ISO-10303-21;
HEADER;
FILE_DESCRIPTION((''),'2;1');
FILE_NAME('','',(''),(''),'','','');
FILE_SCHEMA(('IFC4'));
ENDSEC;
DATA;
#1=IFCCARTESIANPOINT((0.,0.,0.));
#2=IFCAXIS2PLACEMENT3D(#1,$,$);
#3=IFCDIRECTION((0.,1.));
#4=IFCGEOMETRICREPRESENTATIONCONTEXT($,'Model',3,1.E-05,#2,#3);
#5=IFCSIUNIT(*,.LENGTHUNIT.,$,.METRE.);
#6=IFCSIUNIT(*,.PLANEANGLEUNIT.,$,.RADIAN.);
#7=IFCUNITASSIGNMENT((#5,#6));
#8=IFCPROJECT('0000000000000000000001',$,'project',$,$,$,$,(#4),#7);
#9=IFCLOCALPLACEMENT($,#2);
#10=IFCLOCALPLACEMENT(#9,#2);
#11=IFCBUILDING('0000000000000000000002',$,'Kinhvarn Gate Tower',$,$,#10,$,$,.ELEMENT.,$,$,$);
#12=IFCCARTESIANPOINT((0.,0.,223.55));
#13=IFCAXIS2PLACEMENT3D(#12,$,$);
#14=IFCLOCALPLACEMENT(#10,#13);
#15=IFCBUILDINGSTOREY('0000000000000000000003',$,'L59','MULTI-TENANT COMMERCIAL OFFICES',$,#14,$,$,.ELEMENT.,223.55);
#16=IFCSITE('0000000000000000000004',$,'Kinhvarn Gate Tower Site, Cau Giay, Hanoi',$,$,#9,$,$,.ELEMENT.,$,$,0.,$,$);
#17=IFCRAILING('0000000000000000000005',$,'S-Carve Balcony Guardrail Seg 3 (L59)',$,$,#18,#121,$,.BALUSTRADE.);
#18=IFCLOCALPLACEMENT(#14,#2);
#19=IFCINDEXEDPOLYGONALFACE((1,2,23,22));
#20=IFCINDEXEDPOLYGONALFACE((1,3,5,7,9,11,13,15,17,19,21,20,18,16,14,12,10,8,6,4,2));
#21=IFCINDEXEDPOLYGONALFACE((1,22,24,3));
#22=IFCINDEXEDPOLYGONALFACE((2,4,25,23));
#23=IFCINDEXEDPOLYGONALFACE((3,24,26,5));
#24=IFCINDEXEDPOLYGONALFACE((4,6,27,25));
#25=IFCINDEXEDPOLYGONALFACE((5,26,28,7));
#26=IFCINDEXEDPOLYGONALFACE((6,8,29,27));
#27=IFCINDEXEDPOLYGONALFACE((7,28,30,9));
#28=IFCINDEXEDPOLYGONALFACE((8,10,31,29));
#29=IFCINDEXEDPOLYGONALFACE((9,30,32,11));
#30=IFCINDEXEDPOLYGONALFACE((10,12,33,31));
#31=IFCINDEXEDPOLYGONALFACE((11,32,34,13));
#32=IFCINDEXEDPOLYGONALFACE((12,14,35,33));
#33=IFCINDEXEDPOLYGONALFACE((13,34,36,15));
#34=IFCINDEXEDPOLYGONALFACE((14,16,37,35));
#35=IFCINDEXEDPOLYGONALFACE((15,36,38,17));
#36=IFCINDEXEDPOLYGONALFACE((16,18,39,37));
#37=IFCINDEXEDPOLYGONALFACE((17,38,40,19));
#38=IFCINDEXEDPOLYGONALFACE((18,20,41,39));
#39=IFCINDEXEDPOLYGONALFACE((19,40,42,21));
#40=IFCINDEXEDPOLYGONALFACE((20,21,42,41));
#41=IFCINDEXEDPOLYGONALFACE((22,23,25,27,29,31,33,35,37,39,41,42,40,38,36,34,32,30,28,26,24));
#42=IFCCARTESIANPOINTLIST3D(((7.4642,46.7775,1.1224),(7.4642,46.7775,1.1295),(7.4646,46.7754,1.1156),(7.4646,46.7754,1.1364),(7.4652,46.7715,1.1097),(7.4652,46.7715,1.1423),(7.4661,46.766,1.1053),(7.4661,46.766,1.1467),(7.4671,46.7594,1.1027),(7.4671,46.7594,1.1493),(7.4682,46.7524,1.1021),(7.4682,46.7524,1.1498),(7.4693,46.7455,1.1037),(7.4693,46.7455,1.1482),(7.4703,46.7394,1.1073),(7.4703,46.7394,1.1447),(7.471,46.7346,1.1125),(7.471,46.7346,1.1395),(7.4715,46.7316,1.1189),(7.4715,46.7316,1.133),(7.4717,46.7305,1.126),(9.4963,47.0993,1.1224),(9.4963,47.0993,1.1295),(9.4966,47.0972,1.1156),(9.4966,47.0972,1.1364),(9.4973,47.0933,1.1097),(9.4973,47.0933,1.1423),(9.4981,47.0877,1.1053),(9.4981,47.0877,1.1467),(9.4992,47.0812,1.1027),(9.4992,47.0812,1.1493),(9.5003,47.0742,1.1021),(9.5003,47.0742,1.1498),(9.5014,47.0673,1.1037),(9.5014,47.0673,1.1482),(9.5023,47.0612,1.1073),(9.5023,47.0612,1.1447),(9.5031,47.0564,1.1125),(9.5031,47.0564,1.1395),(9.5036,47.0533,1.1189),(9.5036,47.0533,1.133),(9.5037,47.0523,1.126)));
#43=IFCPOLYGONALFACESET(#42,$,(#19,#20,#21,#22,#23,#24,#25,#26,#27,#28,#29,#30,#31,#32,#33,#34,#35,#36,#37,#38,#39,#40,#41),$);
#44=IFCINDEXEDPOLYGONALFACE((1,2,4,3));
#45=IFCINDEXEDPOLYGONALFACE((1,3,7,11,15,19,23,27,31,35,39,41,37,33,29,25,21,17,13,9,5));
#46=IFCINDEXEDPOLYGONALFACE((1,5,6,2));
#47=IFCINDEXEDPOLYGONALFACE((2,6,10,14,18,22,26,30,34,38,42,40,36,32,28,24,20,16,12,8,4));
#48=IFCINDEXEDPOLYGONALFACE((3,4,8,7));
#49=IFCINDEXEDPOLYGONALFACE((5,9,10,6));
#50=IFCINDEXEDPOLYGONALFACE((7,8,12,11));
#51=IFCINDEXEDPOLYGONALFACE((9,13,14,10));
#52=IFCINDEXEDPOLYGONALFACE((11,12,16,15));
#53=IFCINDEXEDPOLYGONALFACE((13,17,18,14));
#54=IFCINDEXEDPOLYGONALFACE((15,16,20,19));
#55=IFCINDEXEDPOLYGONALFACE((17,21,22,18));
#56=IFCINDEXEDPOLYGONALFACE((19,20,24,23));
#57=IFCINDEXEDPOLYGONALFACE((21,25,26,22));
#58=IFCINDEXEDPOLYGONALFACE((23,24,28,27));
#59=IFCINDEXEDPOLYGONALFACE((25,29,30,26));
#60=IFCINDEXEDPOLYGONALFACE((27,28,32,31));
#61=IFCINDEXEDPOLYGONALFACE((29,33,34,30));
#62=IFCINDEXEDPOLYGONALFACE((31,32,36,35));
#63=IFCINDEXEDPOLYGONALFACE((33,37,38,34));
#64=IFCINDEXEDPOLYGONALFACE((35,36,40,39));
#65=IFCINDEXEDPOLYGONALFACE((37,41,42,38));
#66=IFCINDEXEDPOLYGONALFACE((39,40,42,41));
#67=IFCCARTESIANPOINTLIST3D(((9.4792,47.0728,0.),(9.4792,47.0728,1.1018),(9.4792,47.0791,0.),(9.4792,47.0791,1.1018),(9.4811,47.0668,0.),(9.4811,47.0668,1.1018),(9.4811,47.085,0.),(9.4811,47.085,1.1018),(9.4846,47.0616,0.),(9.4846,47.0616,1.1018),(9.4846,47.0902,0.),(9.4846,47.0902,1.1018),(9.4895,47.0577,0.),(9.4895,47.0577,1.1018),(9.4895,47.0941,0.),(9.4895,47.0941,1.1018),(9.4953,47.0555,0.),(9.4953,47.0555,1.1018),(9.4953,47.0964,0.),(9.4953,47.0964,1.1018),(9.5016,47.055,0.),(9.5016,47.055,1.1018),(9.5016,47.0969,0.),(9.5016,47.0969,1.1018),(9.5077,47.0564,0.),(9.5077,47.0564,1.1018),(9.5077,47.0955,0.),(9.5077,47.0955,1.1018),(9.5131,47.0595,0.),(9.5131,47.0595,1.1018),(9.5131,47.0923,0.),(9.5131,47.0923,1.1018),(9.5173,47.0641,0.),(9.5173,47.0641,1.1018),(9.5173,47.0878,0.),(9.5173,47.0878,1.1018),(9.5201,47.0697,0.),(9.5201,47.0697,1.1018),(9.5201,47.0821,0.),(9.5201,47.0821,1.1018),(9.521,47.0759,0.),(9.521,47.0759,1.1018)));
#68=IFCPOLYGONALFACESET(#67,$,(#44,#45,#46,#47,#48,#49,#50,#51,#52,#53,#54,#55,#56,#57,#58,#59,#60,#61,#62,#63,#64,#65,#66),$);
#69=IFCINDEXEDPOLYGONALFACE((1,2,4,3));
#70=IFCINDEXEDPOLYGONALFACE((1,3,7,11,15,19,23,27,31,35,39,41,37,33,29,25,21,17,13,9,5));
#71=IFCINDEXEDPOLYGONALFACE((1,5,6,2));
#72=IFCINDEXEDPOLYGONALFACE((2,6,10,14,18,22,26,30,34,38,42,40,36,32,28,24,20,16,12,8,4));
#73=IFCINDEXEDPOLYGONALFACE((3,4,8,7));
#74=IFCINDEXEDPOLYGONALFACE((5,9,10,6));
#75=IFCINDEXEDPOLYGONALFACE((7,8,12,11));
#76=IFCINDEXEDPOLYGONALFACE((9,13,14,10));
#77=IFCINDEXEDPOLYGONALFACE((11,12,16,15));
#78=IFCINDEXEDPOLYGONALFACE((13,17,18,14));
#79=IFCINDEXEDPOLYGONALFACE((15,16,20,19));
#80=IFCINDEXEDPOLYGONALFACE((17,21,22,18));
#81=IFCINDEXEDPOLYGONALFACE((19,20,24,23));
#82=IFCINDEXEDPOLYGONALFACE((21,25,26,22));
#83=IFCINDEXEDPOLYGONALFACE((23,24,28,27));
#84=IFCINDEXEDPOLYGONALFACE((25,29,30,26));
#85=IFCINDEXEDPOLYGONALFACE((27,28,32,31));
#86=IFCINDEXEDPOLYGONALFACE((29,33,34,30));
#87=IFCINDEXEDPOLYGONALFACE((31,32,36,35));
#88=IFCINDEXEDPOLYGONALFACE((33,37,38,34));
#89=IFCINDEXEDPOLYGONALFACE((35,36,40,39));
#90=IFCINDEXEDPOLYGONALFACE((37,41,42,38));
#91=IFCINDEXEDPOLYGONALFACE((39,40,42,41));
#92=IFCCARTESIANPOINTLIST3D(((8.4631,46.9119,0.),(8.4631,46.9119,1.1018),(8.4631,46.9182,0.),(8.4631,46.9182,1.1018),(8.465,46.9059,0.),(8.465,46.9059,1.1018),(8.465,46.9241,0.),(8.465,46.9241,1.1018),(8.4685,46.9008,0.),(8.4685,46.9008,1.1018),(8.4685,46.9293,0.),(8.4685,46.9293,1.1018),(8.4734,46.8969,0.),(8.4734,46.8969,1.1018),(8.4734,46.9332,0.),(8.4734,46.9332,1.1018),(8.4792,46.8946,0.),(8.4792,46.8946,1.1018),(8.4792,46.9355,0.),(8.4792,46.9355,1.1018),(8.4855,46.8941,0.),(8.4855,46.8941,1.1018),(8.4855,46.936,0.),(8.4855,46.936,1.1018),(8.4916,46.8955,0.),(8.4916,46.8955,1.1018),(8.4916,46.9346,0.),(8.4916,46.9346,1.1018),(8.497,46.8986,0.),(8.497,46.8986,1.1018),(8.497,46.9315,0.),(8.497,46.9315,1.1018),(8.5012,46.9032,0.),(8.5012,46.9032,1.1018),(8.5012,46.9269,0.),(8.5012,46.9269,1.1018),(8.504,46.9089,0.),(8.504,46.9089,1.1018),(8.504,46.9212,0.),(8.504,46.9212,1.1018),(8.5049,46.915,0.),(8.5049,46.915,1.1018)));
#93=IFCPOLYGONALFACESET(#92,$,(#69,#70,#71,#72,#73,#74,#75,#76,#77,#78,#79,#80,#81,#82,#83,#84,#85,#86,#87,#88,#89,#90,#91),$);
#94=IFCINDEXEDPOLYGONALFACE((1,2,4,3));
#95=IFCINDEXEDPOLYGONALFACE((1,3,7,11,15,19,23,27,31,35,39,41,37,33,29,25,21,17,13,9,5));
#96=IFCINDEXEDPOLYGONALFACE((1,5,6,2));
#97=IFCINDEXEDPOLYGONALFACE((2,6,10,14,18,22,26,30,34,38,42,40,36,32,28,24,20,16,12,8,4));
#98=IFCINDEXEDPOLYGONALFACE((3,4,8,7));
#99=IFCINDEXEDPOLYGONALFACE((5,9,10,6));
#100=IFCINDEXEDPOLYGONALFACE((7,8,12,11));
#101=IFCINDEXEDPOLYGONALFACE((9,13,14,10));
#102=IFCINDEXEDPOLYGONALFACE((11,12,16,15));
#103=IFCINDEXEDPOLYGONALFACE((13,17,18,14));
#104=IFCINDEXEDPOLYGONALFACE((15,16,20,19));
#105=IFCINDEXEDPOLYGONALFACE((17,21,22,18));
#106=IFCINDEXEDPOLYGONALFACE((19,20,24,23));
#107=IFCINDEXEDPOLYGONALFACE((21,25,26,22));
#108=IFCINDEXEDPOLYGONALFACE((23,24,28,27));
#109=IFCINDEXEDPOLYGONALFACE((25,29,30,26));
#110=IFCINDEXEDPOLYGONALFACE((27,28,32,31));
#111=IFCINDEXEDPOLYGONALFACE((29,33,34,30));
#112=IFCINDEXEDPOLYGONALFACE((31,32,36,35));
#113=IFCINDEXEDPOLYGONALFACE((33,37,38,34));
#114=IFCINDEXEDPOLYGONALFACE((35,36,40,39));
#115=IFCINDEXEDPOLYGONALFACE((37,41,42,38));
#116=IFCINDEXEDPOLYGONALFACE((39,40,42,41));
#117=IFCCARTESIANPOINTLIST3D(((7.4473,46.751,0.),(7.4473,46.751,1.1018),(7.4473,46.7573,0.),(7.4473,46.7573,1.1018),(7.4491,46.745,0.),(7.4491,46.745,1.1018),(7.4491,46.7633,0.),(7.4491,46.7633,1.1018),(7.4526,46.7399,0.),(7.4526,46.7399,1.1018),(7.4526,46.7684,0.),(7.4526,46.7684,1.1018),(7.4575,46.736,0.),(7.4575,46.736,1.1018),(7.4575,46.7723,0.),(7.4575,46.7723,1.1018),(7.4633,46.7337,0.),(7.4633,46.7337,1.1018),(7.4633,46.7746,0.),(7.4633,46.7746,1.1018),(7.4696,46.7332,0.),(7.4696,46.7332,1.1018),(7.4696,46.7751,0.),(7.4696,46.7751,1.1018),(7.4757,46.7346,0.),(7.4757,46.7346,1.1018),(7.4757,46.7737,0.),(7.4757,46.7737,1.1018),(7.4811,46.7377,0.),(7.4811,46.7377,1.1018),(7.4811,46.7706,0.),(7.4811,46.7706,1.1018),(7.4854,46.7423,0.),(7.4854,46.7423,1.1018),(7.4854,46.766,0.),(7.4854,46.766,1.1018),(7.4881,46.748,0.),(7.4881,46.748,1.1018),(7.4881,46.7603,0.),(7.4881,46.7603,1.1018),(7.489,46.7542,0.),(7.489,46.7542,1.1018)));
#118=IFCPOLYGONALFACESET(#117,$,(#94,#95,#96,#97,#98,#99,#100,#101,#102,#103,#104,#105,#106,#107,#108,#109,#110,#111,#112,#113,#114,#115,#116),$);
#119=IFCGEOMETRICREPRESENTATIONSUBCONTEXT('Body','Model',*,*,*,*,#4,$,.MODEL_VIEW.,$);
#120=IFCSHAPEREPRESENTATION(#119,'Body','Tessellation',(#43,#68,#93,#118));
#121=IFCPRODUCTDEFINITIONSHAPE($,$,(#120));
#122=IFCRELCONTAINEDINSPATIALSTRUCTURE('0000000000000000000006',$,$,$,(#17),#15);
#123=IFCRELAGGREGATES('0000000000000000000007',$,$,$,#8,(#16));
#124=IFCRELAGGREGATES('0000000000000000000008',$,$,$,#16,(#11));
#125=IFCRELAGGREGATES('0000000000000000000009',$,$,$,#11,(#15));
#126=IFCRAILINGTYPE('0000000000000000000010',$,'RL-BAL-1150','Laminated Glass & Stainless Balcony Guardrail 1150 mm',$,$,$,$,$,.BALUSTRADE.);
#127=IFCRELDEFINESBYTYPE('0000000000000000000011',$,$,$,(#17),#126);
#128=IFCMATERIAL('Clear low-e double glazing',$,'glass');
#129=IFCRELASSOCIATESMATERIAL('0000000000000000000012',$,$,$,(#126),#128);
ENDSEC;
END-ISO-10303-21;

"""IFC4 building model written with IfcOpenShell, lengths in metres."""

from ifc_helpers import new_model, si_unit, direction, frame, origin, origin_2d, place, context, subcontext, project, spatial, circle, extrude, material, type_object, element, save


model = new_model("IFC4")

# Units and contexts
model_context = context("Model", 3, precision=1e-05, world=origin(), true_north=direction((0.0, 1.0)))
body_context = subcontext(model_context, "Body", "Model", "MODEL_VIEW")
ifc_project = project(units=[si_unit("LENGTHUNIT", "METRE"), si_unit("PLANEANGLEUNIT", "RADIAN")], contexts=[model_context])

# Site, building, storey
site_placement = place(None, origin())
site = spatial("IfcSite", under=ifc_project, at=site_placement, Name="Kinhvarn Gate Tower Site, Cau Giay, Hanoi", CompositionType="ELEMENT", RefElevation=0.0)
building_placement = place(site_placement, origin())
building = spatial("IfcBuilding", under=site, at=building_placement, Name="Kinhvarn Gate Tower", CompositionType="ELEMENT")
storey_placement = place(building_placement, frame((0.0, 0.0, 223.55)))
storey = spatial("IfcBuildingStorey", under=building, at=storey_placement, Name="L59", Description="MULTI-TENANT COMMERCIAL OFFICES", CompositionType="ELEMENT", Elevation=223.55)

# Shared definitions
ifc_material_1 = material(Name="Clear low-e double glazing", Category="glass")

# Railing
railing_type = type_object("IfcRailingType", Name="RL-BAL-1150", Description="Laminated Glass & Stainless Balcony Guardrail 1150 mm", PredefinedType="BALUSTRADE", material=ifc_material_1)
railing_1_placement = place(storey_placement, frame((9.5, 47.0759, 0.0)))
element("IfcRailing", 1, at=railing_1_placement, inside=storey, type_object=railing_type, Name="S-Carve Balcony Guardrail Seg 3 (L59)", PredefinedType="BALUSTRADE", context=body_context, shape_type="SweptSolid", body=[
    extrude(circle(Radius=0.0239, at=origin_2d()), frame((0.0, 0.0, 1.126), z_axis=(-0.987693, -0.156407, 0.0), x_axis=(0.156407, -0.987693, 0.0)), (0.0, 0.0, 1.0), 2.0574),
    extrude(circle(Radius=0.021, at=origin_2d()), origin(), (0.0, 0.0, 1.0), 1.1018),
    extrude(circle(Radius=0.021, at=origin_2d()), frame((-1.0161, -0.1609, 0.0)), (0.0, 0.0, 1.0), 1.1018),
    extrude(circle(Radius=0.021, at=origin_2d()), frame((-2.032, -0.3218, 0.0)), (0.0, 0.0, 1.0), 1.1018),
])

save(model, "model.ifc")
